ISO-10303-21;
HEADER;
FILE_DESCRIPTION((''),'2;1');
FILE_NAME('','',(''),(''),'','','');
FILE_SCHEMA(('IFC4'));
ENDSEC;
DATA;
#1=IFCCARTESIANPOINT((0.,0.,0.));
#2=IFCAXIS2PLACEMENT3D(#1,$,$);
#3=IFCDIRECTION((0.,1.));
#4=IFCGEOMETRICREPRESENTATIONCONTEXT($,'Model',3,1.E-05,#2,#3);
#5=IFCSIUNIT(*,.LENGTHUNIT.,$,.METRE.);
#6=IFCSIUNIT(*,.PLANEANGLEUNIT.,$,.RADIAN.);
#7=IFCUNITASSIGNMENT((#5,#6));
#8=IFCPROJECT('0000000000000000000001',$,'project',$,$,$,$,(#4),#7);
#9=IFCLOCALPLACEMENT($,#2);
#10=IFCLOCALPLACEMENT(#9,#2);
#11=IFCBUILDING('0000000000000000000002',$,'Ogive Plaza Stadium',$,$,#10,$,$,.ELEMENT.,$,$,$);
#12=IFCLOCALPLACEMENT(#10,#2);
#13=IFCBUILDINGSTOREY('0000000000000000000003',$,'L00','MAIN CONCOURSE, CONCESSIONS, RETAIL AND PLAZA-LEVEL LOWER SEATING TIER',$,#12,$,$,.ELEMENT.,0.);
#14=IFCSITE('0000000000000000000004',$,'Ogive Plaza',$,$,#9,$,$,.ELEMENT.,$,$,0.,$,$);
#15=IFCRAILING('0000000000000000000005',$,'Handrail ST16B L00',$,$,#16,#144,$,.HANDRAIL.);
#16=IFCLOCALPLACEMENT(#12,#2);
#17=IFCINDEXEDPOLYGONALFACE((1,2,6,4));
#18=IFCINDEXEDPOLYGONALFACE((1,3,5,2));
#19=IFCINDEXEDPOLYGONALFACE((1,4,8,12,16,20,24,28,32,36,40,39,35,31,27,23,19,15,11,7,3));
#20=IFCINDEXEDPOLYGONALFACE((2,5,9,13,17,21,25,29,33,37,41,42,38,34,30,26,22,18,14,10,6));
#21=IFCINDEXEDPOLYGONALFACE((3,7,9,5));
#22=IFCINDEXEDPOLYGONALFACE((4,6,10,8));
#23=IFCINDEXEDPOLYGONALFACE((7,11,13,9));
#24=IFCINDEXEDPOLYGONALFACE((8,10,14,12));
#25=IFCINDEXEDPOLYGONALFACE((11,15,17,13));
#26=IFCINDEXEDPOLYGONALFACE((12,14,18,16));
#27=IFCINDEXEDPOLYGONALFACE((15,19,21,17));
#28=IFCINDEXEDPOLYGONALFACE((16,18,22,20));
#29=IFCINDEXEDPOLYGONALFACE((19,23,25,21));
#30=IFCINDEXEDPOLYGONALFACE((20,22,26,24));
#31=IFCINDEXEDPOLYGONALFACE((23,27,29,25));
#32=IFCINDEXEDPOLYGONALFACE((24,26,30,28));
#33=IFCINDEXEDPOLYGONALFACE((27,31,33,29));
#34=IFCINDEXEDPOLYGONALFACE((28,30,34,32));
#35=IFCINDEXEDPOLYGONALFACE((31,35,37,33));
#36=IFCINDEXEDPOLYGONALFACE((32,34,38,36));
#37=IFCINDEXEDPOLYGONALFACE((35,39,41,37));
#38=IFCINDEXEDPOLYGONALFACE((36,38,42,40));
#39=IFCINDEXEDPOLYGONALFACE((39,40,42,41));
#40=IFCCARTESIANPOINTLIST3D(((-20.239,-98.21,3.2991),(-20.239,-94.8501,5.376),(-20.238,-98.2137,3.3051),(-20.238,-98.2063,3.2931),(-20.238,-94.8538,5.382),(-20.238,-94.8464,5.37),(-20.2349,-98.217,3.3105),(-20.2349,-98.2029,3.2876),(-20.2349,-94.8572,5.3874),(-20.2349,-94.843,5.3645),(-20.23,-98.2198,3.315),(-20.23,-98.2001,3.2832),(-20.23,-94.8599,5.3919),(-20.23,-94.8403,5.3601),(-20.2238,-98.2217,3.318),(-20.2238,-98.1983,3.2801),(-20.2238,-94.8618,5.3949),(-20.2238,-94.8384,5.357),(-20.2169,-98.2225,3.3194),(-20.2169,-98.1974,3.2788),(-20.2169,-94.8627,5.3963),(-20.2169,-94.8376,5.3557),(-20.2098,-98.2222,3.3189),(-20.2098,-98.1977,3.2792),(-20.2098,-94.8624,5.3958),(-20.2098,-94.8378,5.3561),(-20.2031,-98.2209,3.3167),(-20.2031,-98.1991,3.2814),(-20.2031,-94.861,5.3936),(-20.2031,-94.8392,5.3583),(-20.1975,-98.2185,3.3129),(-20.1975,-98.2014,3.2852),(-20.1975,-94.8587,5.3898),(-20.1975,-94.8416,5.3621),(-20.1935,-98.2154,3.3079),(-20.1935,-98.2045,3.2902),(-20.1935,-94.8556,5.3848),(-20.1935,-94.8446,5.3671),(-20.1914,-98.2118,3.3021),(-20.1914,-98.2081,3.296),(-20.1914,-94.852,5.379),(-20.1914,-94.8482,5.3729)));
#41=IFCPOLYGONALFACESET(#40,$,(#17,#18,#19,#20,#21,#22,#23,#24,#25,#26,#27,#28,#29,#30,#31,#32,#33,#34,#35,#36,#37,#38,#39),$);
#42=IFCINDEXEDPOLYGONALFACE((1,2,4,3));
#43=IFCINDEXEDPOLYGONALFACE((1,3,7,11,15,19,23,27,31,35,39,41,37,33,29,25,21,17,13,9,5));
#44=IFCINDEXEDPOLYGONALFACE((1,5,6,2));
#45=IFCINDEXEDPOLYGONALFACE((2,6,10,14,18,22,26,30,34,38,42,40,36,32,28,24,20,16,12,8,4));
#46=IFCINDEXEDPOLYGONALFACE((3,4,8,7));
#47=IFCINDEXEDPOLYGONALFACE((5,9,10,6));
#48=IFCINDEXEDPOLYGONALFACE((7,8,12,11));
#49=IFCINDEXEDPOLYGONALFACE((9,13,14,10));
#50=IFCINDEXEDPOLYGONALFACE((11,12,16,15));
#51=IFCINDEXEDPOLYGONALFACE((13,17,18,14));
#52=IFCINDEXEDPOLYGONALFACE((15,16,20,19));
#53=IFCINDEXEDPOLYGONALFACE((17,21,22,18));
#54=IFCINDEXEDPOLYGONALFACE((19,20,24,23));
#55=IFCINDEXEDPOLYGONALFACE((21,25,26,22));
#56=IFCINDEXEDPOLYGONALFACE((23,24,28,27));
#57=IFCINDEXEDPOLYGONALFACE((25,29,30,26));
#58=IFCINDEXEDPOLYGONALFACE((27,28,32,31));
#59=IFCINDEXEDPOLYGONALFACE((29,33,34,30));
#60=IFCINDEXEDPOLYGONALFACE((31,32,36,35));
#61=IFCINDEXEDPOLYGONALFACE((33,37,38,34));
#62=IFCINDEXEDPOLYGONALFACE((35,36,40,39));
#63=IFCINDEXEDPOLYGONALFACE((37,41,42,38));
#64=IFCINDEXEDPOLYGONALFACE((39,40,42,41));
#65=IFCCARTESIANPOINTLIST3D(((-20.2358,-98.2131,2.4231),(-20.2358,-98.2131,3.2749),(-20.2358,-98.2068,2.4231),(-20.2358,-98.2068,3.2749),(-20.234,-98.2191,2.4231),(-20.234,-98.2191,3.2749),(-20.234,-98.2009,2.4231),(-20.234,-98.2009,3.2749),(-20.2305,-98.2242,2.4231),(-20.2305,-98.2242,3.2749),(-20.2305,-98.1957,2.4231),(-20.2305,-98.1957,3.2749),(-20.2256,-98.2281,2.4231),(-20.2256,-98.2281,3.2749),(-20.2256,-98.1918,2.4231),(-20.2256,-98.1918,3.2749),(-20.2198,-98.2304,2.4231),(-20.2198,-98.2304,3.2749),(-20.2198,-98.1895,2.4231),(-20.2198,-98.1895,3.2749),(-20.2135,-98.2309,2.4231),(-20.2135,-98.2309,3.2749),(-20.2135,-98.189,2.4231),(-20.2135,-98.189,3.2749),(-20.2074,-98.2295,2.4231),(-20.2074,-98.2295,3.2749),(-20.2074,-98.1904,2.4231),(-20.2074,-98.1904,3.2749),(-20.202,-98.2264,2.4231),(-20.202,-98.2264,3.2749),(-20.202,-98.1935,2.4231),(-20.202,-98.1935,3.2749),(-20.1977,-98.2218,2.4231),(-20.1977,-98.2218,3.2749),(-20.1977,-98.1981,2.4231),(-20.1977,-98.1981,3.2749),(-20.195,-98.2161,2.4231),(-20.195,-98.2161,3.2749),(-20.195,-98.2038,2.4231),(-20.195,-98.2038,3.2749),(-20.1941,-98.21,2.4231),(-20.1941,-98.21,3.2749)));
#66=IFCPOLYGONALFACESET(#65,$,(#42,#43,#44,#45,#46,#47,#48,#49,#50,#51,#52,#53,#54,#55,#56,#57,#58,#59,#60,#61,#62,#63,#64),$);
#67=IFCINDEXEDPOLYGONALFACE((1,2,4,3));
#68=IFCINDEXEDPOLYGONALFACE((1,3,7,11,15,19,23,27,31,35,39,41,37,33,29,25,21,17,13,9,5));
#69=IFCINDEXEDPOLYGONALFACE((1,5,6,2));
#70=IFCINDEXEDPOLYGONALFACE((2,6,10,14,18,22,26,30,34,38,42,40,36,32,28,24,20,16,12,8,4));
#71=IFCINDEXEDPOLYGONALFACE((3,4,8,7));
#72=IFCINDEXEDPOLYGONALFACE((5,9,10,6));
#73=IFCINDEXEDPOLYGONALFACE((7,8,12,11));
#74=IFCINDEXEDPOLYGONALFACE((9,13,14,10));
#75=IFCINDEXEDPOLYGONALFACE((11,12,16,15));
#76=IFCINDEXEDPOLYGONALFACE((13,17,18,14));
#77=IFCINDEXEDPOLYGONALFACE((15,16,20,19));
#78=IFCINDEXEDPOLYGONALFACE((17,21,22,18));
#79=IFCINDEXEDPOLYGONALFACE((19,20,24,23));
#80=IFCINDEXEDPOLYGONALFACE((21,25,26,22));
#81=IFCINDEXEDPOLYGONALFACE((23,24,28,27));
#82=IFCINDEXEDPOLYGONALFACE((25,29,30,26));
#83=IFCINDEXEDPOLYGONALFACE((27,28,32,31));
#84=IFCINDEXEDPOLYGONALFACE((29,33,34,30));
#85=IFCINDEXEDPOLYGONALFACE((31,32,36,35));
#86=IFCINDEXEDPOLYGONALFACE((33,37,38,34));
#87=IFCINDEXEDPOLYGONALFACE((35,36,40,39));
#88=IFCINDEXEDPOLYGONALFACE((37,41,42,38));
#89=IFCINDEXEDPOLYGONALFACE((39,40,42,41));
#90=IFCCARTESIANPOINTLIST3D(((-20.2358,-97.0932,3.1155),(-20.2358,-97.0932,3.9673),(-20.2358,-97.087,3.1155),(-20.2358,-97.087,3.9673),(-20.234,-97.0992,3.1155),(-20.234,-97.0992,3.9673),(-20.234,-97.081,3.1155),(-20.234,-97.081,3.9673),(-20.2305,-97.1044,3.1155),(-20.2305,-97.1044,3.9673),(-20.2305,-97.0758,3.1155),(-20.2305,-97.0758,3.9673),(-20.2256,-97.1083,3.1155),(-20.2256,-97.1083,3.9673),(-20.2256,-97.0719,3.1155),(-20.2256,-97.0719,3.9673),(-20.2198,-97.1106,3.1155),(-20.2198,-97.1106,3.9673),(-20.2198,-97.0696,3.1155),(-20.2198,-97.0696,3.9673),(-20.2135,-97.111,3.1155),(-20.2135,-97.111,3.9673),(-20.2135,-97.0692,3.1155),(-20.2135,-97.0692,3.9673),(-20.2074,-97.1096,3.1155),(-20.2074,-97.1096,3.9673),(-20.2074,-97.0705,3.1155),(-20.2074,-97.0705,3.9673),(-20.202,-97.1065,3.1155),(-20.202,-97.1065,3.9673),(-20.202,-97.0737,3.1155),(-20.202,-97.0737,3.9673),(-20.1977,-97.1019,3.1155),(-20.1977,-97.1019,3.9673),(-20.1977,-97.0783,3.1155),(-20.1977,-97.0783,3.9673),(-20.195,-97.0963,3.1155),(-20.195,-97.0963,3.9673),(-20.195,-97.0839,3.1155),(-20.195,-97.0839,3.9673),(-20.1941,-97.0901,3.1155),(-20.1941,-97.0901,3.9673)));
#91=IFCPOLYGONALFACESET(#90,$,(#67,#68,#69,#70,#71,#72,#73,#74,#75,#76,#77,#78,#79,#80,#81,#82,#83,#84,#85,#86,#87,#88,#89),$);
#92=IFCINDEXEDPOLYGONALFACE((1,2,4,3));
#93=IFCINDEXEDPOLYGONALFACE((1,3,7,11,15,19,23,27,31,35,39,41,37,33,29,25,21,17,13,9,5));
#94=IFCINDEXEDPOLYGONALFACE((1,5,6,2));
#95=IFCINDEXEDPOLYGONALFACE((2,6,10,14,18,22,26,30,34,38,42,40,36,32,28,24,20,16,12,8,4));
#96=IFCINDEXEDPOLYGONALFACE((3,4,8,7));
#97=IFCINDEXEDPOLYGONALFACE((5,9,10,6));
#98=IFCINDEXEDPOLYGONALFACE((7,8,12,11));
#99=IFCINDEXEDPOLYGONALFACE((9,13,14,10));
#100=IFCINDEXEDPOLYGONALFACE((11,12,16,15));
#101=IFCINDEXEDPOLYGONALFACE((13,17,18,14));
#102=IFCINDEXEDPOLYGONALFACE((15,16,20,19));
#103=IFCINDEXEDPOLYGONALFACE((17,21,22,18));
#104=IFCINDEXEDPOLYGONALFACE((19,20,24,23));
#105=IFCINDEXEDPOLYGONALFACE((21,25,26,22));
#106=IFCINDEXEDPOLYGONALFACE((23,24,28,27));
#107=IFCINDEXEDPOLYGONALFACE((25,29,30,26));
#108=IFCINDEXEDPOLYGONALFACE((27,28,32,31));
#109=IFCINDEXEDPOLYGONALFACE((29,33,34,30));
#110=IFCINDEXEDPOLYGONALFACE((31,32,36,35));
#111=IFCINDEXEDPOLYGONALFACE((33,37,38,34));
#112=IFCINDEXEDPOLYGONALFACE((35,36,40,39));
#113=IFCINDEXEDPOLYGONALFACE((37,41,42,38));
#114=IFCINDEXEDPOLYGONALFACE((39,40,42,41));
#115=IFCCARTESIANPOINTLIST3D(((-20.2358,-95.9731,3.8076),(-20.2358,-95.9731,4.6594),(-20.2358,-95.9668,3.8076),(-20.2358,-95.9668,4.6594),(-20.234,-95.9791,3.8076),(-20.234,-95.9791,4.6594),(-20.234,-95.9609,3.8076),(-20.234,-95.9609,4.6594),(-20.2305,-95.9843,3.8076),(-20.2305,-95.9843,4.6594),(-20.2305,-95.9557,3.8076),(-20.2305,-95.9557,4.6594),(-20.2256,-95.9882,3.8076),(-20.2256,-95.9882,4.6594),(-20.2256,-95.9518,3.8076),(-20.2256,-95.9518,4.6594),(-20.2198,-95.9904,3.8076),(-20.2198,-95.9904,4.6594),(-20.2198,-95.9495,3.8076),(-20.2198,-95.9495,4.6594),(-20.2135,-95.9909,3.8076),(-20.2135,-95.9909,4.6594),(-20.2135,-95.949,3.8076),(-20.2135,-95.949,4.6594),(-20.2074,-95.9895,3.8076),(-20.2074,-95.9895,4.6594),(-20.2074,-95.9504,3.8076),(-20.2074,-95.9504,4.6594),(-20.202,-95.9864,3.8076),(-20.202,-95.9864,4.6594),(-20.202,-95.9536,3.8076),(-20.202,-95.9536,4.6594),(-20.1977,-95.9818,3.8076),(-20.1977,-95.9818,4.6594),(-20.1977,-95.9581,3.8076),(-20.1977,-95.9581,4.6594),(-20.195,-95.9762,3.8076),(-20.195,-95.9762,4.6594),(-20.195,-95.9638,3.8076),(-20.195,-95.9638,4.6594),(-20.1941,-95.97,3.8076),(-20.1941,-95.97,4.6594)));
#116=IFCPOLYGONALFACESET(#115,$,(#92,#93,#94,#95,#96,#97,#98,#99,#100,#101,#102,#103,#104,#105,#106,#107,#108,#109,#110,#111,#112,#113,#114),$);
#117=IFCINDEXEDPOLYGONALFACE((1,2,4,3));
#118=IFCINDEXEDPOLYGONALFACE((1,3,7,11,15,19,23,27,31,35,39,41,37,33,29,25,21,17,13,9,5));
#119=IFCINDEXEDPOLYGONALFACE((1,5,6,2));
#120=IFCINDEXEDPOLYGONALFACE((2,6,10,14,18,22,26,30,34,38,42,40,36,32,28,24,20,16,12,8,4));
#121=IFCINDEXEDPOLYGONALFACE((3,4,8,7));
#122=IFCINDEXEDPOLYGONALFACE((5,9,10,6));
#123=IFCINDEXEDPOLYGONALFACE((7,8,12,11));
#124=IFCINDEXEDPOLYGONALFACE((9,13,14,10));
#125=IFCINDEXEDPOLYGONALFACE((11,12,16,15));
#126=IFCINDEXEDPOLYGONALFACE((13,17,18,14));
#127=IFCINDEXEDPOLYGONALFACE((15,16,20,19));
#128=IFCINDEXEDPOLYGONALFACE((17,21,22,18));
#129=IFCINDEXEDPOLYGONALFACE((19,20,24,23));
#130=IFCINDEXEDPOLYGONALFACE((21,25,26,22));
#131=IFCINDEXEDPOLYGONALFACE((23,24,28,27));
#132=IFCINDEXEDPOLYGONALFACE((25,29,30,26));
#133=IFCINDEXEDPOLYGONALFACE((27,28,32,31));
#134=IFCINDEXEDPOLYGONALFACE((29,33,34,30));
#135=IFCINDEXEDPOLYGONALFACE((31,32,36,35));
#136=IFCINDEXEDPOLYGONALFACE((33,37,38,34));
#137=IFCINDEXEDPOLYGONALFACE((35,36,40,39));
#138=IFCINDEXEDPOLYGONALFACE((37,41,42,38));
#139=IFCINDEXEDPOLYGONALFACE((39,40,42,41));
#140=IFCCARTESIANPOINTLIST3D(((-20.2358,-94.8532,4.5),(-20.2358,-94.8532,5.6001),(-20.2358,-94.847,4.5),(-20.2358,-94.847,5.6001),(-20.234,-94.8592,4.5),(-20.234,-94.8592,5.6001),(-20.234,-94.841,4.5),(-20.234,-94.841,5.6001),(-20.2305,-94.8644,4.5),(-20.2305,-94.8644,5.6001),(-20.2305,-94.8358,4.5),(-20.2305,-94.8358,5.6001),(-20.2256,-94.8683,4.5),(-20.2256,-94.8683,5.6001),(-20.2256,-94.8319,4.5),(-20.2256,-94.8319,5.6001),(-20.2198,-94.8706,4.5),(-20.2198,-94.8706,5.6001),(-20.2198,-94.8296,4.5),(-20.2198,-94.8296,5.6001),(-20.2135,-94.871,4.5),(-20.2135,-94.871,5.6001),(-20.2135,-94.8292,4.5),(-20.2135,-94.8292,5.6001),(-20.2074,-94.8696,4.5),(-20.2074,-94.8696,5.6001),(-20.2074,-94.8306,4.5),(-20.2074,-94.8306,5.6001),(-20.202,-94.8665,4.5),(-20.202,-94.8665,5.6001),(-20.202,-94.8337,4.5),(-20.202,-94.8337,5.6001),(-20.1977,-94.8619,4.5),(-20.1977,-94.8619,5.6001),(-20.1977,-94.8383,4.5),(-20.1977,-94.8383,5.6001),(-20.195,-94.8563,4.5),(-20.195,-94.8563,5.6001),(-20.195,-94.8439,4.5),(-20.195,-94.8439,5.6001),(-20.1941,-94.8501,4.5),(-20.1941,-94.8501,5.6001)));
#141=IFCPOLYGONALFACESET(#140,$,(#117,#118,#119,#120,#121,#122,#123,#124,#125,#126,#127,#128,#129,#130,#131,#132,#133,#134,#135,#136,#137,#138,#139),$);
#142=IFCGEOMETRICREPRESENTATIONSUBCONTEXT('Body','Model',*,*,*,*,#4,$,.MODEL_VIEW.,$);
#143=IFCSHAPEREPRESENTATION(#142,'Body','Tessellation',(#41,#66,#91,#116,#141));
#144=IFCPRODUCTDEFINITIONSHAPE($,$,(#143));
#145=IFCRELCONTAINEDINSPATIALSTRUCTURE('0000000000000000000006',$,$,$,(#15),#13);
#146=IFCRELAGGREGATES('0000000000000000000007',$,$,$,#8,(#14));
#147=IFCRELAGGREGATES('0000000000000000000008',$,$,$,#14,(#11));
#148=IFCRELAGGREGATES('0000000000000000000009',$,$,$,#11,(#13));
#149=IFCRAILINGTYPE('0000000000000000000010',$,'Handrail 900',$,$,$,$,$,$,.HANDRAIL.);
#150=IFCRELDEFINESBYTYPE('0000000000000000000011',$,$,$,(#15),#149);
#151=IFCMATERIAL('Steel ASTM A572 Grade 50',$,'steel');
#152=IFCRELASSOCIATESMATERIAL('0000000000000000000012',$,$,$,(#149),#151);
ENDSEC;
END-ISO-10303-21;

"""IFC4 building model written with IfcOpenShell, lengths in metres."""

from ifc_helpers import new_model, si_unit, direction, frame, origin, origin_2d, place, context, subcontext, project, spatial, circle, extrude, material, type_object, element, save


model = new_model("IFC4")

# Units and contexts
model_context = context("Model", 3, precision=1e-05, world=origin(), true_north=direction((0.0, 1.0)))
body_context = subcontext(model_context, "Body", "Model", "MODEL_VIEW")
ifc_project = project(units=[si_unit("LENGTHUNIT", "METRE"), si_unit("PLANEANGLEUNIT", "RADIAN")], contexts=[model_context])

# Site, building, storey
site_placement = place(None, origin())
site = spatial("IfcSite", under=ifc_project, at=site_placement, Name="Ogive Plaza", CompositionType="ELEMENT", RefElevation=0.0)
building_placement = place(site_placement, origin())
building = spatial("IfcBuilding", under=site, at=building_placement, Name="Ogive Plaza Stadium", CompositionType="ELEMENT")
storey_placement = place(building_placement, origin())
storey = spatial("IfcBuildingStorey", under=building, at=storey_placement, Name="L00", Description="MAIN CONCOURSE, CONCESSIONS, RETAIL AND PLAZA-LEVEL LOWER SEATING TIER", CompositionType="ELEMENT", Elevation=0.0)

# Railing
ifc_material_1 = material(Name="Steel ASTM A572 Grade 50", Category="steel")
railing_type = type_object("IfcRailingType", Name="Handrail 900", PredefinedType="HANDRAIL", material=ifc_material_1)
for number, where, name in (
    (1, (-20.2151, -98.21, 2.4231), "Handrail ST16B L00"),
):
    element("IfcRailing", number, at=place(storey_placement, frame(where)), inside=storey, type_object=railing_type, Name=name, PredefinedType="HANDRAIL", context=body_context, shape_type="SweptSolid", body=[
        extrude(circle(Radius=0.0239, at=origin_2d()), frame((0.0, 0.0, 0.876), z_axis=(0.0, 0.850606, 0.525803), x_axis=(-1.0, 0.0, 0.0)), (0.0, 0.0, 1.0), 3.95),
        extrude(circle(Radius=0.021, at=origin_2d()), origin(), (0.0, 0.0, 1.0), 0.8518),
        extrude(circle(Radius=0.021, at=origin_2d()), frame((0.0, 1.1199, 0.6924)), (0.0, 0.0, 1.0), 0.8518),
        extrude(circle(Radius=0.021, at=origin_2d()), frame((0.0, 2.24, 1.3845)), (0.0, 0.0, 1.0), 0.8518),
        extrude(circle(Radius=0.021, at=origin_2d()), frame((0.0, 3.3599, 2.0769)), (0.0, 0.0, 1.0), 1.1001),
    ])

save(model, "model.ifc")
